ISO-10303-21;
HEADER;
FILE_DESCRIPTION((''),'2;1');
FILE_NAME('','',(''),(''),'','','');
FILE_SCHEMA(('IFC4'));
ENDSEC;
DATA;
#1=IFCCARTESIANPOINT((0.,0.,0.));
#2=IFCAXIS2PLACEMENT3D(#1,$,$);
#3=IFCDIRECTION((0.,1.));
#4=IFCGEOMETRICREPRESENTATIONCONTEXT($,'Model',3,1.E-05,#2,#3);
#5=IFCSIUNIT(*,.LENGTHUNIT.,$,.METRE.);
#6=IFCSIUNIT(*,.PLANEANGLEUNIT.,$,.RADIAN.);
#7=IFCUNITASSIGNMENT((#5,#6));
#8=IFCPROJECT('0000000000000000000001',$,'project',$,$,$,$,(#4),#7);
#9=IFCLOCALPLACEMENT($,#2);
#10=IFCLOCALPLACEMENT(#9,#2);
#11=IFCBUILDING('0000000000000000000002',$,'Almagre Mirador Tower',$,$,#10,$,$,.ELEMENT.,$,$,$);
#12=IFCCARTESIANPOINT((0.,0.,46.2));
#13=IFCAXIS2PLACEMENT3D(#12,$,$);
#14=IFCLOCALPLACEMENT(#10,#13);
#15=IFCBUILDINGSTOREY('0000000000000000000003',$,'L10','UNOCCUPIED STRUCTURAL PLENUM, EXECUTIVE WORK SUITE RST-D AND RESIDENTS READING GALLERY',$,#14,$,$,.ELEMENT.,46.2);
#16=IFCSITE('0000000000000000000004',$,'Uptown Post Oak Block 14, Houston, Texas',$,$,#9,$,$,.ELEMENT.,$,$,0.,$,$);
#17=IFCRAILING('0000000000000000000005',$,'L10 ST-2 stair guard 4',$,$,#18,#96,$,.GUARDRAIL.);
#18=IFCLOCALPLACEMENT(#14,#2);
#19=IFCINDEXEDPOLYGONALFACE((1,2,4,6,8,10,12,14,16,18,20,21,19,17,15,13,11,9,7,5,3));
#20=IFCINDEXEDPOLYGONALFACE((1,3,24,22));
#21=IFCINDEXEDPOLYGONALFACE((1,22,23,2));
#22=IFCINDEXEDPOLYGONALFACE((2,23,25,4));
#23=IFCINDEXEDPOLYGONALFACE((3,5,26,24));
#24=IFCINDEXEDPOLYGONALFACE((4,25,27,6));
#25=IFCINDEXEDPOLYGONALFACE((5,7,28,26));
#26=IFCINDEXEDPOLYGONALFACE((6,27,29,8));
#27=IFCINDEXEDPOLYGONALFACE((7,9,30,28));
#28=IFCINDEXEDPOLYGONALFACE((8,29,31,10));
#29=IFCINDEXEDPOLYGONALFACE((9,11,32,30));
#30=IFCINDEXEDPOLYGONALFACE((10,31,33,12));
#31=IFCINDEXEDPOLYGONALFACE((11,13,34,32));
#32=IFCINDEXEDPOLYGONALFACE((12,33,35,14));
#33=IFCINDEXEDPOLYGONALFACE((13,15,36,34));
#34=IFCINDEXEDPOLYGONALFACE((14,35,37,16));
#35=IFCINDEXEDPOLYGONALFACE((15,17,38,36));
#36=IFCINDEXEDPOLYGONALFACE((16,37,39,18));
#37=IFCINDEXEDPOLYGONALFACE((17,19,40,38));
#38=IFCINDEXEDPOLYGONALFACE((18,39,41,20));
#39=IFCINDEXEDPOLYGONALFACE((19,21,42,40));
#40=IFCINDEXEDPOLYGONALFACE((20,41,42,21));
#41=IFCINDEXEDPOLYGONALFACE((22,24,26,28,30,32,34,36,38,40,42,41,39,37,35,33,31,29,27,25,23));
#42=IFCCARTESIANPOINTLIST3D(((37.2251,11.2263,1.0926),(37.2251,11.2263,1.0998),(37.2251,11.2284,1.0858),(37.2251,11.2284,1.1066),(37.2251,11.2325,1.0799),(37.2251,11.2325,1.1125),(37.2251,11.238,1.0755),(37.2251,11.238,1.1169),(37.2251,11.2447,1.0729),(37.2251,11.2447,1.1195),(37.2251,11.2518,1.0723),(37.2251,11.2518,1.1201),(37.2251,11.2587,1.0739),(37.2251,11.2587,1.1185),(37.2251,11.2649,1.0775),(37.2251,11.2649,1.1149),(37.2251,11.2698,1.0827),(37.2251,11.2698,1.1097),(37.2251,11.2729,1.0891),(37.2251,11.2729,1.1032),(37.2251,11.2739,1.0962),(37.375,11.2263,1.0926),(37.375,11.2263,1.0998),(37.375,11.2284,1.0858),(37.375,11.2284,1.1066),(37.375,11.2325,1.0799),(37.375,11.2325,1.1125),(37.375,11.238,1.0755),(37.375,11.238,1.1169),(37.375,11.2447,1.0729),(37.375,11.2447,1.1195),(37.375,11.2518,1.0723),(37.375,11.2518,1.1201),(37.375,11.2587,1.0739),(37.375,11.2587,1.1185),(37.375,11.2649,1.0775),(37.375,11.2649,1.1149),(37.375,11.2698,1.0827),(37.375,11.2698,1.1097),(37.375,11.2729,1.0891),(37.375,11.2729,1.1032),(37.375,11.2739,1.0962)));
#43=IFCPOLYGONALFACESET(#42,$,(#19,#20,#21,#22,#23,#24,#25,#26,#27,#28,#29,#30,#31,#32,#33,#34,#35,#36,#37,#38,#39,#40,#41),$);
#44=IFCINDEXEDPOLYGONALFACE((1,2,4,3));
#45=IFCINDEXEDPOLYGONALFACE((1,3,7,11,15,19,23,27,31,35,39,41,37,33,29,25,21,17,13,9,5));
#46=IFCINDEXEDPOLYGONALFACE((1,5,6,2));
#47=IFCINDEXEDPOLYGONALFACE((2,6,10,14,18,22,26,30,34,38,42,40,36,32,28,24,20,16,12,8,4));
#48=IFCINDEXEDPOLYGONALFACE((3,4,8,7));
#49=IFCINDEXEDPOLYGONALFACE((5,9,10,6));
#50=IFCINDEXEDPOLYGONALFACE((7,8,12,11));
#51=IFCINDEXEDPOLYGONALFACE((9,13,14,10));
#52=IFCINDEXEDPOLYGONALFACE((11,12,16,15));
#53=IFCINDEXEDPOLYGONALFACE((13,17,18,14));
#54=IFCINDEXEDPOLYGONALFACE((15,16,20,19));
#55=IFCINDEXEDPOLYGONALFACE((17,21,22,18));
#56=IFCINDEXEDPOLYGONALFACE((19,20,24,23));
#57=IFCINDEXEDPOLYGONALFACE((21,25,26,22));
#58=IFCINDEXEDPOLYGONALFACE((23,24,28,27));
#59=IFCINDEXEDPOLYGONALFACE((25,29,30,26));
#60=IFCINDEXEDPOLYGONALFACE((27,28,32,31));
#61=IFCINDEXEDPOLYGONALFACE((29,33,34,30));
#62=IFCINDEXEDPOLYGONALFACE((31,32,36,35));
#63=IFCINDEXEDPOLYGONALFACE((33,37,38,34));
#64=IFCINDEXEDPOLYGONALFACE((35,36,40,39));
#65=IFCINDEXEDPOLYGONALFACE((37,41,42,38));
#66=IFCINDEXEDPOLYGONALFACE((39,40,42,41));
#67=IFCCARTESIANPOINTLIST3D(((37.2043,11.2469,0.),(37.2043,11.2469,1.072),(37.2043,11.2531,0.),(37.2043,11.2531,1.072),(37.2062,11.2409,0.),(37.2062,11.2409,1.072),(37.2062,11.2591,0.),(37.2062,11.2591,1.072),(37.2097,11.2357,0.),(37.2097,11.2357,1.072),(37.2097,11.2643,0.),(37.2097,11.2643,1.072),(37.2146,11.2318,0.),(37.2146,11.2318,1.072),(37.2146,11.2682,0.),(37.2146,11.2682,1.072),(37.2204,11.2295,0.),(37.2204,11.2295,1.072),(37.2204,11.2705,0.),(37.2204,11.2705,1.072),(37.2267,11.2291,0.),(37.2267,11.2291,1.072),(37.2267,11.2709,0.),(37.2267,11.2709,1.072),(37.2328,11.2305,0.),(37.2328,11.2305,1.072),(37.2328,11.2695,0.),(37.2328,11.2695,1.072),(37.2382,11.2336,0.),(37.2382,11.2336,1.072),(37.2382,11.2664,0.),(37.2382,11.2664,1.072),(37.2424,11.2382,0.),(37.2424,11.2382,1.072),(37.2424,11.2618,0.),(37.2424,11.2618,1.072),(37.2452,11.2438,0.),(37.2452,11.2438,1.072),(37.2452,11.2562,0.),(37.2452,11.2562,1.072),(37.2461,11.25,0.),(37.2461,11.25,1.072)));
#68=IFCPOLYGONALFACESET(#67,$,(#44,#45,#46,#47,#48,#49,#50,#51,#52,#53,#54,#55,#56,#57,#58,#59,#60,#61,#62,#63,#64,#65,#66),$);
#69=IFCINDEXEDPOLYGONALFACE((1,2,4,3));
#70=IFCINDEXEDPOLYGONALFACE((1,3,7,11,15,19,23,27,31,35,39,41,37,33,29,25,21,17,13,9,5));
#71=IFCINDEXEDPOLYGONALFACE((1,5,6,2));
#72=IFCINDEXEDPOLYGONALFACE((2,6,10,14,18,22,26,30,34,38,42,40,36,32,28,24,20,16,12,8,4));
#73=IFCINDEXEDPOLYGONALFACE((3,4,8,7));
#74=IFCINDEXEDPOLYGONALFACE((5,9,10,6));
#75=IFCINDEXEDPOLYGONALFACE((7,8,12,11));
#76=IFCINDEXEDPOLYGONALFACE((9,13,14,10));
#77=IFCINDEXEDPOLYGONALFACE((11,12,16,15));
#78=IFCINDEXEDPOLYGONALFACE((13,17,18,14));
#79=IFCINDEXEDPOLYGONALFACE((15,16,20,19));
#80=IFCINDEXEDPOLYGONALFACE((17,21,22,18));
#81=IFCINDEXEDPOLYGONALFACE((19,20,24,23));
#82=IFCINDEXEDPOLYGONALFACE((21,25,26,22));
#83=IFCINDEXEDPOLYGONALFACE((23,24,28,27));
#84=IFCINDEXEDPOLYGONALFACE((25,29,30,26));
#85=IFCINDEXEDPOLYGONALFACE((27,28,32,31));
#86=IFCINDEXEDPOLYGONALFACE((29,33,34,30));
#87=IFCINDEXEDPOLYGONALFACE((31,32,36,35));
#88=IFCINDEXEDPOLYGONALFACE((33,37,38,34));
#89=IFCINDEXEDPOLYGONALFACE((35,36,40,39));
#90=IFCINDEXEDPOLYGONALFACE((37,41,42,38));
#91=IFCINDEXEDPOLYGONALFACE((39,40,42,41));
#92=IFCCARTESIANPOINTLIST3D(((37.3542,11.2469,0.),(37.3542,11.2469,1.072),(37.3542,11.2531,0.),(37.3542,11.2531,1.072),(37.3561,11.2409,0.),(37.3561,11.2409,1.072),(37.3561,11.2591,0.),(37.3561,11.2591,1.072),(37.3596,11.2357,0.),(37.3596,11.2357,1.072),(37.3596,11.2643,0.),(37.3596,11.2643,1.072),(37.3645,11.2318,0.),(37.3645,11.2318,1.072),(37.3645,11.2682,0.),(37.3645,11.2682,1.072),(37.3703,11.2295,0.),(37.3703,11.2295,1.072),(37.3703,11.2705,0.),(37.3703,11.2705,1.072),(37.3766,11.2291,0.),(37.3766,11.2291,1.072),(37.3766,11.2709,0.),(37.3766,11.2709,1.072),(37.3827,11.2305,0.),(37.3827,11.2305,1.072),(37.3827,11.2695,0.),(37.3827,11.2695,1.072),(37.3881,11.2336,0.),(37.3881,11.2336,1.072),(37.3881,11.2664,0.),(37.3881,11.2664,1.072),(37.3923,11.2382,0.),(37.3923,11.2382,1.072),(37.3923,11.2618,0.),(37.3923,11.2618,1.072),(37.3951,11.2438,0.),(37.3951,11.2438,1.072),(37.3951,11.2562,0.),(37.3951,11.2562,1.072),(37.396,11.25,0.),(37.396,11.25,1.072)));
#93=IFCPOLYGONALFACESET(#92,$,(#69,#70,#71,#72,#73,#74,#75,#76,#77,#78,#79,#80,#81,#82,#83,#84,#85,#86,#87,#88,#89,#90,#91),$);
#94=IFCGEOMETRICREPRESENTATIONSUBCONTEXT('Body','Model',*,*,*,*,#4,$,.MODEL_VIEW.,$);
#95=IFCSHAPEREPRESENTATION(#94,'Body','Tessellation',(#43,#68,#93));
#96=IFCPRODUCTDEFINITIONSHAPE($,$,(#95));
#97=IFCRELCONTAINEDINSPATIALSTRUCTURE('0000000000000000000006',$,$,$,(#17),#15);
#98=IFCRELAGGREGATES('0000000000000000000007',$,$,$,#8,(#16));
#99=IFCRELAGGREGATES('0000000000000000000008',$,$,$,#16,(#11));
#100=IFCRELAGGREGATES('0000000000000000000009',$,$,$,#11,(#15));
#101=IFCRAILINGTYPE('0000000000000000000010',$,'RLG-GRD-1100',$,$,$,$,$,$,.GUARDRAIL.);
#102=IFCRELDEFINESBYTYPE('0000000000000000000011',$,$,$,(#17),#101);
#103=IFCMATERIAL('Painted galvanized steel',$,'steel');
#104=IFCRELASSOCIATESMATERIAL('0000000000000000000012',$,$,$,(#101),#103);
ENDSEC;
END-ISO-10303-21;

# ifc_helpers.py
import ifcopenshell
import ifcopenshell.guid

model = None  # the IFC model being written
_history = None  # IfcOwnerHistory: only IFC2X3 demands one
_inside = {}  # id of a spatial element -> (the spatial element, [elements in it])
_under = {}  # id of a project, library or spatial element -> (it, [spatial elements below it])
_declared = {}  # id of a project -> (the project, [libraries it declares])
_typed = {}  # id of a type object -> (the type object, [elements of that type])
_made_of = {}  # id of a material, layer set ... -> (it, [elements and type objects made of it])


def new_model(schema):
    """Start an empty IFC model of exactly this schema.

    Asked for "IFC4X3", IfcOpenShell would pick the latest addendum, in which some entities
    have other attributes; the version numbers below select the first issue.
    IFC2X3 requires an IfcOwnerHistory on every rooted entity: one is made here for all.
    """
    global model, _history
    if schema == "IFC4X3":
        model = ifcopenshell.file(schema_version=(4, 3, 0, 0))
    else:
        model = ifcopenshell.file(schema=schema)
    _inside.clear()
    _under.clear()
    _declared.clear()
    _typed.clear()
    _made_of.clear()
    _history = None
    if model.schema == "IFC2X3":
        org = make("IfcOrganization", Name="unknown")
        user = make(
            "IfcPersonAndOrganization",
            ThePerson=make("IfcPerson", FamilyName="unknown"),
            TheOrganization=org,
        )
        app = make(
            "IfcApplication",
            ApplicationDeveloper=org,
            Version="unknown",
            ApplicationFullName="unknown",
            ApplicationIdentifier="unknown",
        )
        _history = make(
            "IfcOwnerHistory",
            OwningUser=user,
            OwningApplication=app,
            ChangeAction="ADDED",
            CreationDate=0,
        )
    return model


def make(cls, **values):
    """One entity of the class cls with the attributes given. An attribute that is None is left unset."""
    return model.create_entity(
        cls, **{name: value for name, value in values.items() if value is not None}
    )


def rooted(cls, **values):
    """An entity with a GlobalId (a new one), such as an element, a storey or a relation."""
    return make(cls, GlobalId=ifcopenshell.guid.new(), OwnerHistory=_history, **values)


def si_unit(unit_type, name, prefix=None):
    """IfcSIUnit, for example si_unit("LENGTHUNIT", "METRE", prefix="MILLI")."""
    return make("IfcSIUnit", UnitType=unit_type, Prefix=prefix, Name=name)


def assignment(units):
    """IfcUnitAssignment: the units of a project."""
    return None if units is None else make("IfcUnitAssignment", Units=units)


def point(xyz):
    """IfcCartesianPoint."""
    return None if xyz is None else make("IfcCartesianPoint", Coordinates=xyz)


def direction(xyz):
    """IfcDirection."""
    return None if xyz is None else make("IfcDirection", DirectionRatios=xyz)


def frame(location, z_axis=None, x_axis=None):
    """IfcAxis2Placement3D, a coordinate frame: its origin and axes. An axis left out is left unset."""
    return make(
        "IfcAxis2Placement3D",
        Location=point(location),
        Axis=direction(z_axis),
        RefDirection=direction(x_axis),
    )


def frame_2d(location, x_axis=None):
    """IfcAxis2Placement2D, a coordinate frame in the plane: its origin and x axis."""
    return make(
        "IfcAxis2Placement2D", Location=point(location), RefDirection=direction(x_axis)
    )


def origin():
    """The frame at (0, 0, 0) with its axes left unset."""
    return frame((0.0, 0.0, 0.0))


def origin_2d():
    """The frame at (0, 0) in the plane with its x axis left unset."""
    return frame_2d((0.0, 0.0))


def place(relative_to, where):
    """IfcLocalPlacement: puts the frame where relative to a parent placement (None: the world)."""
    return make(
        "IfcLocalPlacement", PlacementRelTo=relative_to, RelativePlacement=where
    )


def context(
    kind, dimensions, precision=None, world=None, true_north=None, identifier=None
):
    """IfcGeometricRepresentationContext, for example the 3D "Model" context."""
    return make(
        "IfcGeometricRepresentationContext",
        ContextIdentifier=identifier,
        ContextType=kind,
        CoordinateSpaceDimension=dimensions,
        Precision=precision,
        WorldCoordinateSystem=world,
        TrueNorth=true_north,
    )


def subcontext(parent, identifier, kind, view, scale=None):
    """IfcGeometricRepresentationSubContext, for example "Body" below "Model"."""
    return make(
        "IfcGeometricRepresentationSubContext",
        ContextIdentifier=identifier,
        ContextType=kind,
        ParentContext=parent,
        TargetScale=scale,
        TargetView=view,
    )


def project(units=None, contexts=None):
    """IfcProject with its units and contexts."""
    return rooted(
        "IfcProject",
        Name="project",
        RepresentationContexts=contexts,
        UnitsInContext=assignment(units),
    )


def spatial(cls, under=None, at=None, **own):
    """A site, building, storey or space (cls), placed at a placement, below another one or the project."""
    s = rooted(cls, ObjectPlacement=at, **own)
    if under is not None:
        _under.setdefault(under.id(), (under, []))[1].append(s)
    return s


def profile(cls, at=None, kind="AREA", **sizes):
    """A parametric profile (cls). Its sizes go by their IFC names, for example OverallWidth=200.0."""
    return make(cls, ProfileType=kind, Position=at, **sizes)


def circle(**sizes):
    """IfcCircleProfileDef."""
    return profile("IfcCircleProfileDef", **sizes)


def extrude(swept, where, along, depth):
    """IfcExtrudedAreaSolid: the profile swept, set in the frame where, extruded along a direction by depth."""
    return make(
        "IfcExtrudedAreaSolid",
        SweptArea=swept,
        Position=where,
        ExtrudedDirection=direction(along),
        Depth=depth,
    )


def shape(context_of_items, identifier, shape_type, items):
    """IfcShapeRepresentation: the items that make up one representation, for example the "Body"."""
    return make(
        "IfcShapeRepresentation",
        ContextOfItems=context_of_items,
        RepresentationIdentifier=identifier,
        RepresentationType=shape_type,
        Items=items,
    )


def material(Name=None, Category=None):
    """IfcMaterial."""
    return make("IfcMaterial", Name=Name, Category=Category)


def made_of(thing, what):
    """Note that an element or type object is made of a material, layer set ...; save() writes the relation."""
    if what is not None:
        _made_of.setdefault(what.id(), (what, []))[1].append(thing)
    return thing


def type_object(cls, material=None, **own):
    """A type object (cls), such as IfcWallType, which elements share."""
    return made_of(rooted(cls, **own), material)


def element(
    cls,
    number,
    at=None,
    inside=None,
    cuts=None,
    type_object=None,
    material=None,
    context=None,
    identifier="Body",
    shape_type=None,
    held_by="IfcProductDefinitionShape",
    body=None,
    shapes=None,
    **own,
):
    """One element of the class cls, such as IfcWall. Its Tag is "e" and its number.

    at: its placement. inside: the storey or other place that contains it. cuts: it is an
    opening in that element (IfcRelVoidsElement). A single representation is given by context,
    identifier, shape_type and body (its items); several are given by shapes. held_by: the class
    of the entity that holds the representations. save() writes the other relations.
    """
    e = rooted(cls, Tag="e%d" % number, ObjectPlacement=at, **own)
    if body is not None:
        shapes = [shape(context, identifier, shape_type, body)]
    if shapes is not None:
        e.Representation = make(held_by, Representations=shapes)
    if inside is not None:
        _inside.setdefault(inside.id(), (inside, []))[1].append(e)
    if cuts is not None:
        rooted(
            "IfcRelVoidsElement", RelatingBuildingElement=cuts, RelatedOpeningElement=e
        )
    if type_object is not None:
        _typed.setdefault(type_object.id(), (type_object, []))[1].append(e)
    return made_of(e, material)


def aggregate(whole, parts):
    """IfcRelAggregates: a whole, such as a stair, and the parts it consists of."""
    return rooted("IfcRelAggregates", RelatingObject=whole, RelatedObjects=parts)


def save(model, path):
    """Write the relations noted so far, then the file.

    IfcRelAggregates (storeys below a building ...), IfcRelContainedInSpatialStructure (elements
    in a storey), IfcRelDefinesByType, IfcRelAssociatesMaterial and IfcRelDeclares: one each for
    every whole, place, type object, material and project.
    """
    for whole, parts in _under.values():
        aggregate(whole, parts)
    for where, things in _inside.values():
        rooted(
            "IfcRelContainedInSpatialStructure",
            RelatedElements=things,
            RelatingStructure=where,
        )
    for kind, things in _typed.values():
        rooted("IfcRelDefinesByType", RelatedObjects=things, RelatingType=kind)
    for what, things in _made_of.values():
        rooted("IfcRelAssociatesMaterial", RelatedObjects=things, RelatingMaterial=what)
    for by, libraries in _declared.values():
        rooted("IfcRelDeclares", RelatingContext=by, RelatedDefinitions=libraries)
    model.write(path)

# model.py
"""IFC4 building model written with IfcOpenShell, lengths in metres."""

from ifc_helpers import new_model, si_unit, direction, frame, origin, origin_2d, place, context, subcontext, project, spatial, circle, extrude, material, type_object, element, save


model = new_model("IFC4")

# Units and contexts
model_context = context("Model", 3, precision=1e-05, world=origin(), true_north=direction((0.0, 1.0)))
body_context = subcontext(model_context, "Body", "Model", "MODEL_VIEW")
ifc_project = project(units=[si_unit("LENGTHUNIT", "METRE"), si_unit("PLANEANGLEUNIT", "RADIAN")], contexts=[model_context])

# Site, building, storey
site_placement = place(None, origin())
site = spatial("IfcSite", under=ifc_project, at=site_placement, Name="Uptown Post Oak Block 14, Houston, Texas", CompositionType="ELEMENT", RefElevation=0.0)
building_placement = place(site_placement, origin())
building = spatial("IfcBuilding", under=site, at=building_placement, Name="Almagre Mirador Tower", CompositionType="ELEMENT")
storey_placement = place(building_placement, frame((0.0, 0.0, 46.2)))
storey = spatial("IfcBuildingStorey", under=building, at=storey_placement, Name="L10", Description="UNOCCUPIED STRUCTURAL PLENUM, EXECUTIVE WORK SUITE RST-D AND RESIDENTS READING GALLERY", CompositionType="ELEMENT", Elevation=46.2)

# Railing
ifc_material_1 = material(Name="Painted galvanized steel", Category="steel")
railing_type_1 = type_object("IfcRailingType", Name="RLG-GRD-1100", PredefinedType="GUARDRAIL", material=ifc_material_1)
railing_1_placement = place(storey_placement, frame((37.2251, 11.25, 0.0)))
element("IfcRailing", 1, at=railing_1_placement, inside=storey, type_object=railing_type_1, Name="L10 ST-2 stair guard 4", PredefinedType="GUARDRAIL", context=body_context, shape_type="SweptSolid", body=[
    extrude(circle(Radius=0.0239, at=origin_2d()), frame((0.0, 0.0, 1.0962), z_axis=(1.0, 0.0, 0.0), x_axis=(0.0, 1.0, 0.0)), (0.0, 0.0, 1.0), 0.1499),
    extrude(circle(Radius=0.021, at=origin_2d()), origin(), (0.0, 0.0, 1.0), 1.072),
    extrude(circle(Radius=0.021, at=origin_2d()), frame((0.1499, 0.0, 0.0)), (0.0, 0.0, 1.0), 1.072),
])

save(model, "model.ifc")
